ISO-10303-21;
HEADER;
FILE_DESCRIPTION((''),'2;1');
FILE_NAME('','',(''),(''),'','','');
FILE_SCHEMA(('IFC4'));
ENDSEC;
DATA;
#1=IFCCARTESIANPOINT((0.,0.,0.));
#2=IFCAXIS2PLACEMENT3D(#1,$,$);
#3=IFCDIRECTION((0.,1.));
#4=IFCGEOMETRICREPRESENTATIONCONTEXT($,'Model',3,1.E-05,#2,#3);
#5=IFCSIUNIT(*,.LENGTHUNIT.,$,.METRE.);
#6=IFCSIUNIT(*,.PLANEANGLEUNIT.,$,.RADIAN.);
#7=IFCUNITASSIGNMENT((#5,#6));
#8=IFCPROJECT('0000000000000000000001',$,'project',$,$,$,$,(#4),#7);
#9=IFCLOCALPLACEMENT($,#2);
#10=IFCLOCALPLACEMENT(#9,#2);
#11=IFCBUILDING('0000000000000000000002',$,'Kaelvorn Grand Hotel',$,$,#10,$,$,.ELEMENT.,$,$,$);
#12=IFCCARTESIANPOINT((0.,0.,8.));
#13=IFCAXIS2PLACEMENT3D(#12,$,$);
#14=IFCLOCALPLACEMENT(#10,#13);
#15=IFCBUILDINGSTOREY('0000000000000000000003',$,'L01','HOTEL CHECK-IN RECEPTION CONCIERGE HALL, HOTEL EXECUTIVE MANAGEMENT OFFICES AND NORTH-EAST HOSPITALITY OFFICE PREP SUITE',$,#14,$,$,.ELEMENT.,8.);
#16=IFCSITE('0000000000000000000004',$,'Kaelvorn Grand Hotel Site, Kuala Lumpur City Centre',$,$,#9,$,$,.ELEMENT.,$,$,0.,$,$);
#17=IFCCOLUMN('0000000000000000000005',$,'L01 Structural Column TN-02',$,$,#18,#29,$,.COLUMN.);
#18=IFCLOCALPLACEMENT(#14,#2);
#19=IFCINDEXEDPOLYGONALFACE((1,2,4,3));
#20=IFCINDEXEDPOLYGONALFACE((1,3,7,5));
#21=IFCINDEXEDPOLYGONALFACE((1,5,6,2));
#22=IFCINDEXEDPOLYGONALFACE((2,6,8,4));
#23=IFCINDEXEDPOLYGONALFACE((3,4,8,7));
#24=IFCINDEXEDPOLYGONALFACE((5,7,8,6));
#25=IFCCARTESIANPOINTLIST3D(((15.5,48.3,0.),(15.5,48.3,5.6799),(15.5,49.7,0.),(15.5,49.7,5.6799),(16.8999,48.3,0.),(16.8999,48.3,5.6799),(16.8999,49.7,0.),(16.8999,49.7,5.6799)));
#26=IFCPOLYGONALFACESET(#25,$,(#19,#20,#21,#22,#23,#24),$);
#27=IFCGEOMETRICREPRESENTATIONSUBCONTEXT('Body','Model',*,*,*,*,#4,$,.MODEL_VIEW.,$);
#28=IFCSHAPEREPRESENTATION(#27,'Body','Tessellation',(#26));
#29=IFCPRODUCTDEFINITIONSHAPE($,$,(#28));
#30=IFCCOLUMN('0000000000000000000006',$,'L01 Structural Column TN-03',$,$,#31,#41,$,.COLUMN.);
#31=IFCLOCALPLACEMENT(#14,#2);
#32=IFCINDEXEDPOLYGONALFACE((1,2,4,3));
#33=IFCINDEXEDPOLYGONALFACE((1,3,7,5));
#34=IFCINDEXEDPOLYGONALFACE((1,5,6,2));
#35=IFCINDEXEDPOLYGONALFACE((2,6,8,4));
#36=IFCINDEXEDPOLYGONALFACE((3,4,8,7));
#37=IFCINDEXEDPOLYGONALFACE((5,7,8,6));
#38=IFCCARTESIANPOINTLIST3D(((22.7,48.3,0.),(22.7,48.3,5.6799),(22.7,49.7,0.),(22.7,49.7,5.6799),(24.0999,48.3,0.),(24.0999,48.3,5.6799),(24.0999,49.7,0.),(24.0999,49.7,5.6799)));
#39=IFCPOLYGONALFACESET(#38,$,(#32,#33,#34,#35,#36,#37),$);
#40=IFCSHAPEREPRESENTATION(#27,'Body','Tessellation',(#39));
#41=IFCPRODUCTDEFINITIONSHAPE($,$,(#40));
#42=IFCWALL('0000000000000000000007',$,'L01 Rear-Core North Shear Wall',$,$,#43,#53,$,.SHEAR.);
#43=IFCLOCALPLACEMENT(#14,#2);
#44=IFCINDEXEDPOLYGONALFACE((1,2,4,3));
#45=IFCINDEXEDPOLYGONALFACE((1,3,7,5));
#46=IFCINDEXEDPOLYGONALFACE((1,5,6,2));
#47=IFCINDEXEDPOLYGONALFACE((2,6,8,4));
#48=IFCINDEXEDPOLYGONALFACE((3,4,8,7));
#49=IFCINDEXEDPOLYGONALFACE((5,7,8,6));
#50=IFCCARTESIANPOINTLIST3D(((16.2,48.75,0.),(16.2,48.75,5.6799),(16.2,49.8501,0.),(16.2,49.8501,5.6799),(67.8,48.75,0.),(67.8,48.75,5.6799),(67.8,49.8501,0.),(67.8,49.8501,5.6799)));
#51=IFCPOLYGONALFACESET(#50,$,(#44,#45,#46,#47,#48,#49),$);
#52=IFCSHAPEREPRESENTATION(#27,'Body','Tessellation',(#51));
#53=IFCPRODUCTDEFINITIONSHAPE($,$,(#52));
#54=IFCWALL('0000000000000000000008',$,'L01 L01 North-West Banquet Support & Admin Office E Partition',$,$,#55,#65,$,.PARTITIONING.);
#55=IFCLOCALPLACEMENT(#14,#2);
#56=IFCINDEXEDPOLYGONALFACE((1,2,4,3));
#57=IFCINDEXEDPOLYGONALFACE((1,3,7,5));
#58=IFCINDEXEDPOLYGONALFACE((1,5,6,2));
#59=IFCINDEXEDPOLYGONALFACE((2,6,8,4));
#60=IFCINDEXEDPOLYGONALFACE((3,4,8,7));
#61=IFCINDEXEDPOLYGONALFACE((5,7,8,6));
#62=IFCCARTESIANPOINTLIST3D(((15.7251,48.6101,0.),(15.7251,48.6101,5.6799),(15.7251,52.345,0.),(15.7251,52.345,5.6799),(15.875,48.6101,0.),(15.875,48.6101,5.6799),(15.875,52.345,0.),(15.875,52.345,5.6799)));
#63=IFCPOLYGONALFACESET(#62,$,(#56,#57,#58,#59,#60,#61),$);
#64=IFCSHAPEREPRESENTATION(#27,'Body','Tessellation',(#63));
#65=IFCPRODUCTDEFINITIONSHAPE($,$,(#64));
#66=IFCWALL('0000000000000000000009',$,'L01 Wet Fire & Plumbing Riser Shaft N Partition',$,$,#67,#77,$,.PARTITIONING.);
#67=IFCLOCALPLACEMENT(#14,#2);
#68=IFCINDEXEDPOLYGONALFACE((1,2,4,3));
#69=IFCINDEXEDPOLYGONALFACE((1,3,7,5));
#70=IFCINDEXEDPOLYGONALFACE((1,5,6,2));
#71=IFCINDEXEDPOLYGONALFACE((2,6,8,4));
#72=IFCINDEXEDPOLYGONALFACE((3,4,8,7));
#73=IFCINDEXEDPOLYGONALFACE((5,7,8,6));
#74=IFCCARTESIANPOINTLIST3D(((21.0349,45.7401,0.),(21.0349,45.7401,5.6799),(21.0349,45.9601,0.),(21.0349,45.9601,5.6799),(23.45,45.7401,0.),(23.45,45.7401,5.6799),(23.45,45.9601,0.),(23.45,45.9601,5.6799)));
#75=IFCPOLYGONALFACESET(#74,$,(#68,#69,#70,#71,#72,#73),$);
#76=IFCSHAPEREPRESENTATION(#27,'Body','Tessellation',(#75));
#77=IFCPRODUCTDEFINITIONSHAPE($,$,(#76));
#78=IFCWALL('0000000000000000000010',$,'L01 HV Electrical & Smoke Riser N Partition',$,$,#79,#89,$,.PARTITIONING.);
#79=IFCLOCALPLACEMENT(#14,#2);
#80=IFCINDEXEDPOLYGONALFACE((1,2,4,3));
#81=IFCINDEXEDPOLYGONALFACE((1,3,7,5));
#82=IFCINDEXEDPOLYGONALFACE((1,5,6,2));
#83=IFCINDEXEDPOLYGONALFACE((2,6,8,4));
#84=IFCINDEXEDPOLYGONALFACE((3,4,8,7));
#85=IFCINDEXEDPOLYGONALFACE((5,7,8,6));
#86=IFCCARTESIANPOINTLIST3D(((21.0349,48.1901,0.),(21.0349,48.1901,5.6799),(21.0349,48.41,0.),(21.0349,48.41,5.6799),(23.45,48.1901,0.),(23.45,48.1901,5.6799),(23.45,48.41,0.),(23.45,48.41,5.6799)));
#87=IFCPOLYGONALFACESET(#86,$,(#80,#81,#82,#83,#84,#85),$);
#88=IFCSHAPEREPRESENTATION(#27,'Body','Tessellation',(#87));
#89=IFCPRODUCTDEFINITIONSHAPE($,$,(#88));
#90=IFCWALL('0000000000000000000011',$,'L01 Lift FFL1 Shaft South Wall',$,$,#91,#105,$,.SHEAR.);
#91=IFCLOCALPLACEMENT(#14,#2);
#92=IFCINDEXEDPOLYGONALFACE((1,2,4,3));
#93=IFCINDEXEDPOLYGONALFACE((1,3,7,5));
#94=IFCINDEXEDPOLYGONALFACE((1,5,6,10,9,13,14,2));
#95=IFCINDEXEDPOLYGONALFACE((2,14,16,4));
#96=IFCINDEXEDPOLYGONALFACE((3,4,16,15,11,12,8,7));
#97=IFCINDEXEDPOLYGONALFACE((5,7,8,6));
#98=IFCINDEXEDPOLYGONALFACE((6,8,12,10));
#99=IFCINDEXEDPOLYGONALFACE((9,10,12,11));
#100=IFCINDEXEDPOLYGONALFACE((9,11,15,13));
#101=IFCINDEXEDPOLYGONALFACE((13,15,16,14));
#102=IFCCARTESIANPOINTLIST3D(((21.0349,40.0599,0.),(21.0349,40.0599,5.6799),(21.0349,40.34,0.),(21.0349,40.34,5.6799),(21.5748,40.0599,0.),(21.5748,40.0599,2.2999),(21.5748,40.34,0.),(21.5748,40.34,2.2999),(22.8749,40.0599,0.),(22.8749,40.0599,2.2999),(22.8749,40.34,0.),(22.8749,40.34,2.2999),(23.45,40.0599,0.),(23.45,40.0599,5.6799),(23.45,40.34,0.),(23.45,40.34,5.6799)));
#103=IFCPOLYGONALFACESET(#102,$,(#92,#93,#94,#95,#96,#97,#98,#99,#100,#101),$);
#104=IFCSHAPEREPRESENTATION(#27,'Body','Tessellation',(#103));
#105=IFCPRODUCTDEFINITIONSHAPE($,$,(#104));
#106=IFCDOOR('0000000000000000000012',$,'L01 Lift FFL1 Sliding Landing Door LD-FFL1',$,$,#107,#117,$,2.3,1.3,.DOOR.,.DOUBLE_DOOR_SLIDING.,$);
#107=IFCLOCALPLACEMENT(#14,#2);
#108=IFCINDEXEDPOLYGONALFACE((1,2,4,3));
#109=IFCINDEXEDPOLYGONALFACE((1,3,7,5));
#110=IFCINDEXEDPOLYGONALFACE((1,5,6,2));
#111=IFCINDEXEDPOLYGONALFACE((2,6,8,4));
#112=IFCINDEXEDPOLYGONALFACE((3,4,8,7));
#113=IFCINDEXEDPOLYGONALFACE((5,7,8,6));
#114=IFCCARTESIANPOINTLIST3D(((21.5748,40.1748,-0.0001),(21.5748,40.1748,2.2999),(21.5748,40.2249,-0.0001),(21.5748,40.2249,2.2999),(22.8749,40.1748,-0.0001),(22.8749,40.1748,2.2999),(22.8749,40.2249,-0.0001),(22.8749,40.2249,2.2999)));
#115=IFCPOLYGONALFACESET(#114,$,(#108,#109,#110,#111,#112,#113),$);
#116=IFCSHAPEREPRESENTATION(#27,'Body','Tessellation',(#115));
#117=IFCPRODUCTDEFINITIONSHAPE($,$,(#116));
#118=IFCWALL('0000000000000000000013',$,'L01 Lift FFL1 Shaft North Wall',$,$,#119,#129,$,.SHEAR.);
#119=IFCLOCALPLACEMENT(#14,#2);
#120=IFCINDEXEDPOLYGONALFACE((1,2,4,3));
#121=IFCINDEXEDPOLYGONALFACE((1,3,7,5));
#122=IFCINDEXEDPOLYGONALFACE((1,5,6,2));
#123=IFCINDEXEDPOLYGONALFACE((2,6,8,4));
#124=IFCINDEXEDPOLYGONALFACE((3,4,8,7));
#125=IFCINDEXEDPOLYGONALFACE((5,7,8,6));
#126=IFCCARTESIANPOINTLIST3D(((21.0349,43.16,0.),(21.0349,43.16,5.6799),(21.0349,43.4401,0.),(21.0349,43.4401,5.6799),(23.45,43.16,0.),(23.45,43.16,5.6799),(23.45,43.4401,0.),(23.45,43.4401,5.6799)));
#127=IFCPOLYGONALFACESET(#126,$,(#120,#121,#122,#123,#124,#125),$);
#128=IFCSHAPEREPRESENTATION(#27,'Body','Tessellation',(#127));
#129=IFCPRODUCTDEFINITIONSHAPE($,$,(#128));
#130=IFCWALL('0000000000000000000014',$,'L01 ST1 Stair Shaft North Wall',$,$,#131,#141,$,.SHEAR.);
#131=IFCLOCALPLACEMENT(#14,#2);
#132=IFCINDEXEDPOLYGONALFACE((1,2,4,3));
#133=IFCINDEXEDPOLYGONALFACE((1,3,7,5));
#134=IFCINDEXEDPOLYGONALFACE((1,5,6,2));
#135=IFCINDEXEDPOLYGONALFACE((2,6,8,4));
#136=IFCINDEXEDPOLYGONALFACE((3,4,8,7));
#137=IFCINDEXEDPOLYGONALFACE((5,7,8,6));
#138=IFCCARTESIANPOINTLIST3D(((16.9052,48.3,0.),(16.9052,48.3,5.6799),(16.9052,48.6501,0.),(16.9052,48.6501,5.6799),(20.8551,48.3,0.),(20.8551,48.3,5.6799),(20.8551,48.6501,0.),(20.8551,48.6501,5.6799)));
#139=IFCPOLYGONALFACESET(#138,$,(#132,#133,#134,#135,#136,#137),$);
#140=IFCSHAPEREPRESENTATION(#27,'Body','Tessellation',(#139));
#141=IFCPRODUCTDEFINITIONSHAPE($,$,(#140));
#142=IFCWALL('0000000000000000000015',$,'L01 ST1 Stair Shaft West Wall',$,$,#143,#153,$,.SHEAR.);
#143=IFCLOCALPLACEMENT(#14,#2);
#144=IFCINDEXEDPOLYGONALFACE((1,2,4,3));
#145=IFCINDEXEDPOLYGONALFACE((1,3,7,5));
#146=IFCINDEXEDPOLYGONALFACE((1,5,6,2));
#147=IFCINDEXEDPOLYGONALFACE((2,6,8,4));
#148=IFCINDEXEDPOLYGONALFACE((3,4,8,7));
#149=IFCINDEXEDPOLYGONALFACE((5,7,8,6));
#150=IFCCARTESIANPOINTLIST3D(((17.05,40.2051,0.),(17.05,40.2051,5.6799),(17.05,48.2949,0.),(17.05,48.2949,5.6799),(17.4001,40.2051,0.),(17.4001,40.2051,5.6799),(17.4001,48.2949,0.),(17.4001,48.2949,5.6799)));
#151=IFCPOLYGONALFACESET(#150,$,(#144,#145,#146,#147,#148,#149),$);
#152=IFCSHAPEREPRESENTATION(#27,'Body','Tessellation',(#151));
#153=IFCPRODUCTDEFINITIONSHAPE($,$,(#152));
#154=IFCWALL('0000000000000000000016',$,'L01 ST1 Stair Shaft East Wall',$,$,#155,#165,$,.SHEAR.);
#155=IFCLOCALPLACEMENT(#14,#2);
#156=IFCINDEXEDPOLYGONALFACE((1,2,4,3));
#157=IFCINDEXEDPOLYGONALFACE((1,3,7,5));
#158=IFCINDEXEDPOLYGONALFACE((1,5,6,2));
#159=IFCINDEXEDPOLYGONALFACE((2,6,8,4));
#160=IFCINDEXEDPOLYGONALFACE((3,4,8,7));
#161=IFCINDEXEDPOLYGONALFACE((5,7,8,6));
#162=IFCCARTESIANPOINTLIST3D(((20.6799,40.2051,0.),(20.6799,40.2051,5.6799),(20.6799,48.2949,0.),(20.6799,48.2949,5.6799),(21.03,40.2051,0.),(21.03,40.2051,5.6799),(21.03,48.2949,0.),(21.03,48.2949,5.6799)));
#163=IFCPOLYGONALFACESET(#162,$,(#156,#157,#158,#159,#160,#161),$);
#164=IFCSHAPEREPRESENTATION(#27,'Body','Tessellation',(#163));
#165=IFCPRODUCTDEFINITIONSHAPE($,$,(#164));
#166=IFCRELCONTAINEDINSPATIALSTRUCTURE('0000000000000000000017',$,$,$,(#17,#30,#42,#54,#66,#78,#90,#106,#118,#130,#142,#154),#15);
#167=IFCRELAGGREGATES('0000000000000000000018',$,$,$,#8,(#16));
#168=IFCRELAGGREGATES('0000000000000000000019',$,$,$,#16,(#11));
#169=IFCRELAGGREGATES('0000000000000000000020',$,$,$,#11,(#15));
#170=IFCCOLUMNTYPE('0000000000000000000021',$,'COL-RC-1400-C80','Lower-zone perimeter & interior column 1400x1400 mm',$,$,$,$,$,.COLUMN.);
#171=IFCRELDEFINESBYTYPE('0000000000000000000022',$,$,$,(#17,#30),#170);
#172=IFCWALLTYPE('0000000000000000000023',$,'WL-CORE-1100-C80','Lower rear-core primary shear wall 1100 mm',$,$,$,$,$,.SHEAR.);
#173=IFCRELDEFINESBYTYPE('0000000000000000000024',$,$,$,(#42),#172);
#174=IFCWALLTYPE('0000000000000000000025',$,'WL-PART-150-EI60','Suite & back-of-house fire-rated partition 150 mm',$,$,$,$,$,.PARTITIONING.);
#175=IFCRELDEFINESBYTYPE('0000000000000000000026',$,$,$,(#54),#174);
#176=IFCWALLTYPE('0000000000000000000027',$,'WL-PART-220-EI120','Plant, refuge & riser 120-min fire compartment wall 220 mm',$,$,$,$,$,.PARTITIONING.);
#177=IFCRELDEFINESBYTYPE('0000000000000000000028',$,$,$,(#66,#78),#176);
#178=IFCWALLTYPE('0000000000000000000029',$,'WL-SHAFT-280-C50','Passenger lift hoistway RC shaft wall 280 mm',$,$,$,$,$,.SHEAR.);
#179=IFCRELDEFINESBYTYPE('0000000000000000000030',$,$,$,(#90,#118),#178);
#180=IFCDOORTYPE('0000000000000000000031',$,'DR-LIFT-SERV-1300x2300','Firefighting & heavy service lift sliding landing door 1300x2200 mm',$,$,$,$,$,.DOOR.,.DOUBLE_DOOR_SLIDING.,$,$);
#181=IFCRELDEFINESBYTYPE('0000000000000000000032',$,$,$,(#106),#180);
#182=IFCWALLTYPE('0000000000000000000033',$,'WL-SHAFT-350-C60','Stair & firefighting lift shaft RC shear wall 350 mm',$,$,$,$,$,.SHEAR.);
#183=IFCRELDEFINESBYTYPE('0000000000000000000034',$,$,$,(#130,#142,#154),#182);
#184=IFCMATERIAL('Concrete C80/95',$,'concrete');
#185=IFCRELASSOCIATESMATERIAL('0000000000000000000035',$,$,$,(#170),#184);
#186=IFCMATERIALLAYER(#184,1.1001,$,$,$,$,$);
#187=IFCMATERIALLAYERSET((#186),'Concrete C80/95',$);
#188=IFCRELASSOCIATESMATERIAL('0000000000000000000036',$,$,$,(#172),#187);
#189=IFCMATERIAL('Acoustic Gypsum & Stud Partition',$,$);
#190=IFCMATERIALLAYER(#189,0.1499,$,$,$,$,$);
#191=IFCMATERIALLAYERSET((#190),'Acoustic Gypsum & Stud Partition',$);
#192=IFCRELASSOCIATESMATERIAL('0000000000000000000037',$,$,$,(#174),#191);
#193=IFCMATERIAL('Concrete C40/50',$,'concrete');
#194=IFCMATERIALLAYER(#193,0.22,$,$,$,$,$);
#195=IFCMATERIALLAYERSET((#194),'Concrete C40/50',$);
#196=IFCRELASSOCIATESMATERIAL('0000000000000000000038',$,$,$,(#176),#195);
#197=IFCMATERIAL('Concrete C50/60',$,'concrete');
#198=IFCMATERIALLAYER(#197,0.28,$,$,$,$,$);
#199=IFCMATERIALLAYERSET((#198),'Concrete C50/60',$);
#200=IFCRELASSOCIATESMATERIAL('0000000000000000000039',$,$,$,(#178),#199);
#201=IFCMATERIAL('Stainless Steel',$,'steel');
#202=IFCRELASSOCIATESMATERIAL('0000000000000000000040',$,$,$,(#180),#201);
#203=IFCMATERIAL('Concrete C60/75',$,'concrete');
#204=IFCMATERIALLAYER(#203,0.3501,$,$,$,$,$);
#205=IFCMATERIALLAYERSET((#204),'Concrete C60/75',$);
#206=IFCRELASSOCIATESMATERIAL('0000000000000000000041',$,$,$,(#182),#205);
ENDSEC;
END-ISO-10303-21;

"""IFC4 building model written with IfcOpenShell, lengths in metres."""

from ifc_helpers import new_model, si_unit, direction, frame, frame_2d, origin, origin_2d, place, context, subcontext, project, spatial, rectangle, extrude, material, layer, layer_set, material_profile, profile_set, type_object, element, fill, save


model = new_model("IFC4")

# Units and contexts
model_context = context("Model", 3, precision=1e-05, world=origin(), true_north=direction((0.0, 1.0)))
body_context = subcontext(model_context, "Body", "Model", "MODEL_VIEW")
ifc_project = project(units=[si_unit("LENGTHUNIT", "METRE"), si_unit("PLANEANGLEUNIT", "RADIAN")], contexts=[model_context])

# Site, building, storey
site_placement = place(None, origin())
site = spatial("IfcSite", under=ifc_project, at=site_placement, Name="Kaelvorn Grand Hotel Site, Kuala Lumpur City Centre", CompositionType="ELEMENT", RefElevation=0.0)
building_placement = place(site_placement, origin())
building = spatial("IfcBuilding", under=site, at=building_placement, Name="Kaelvorn Grand Hotel", CompositionType="ELEMENT")
storey_placement = place(building_placement, frame((0.0, 0.0, 8.0)))
storey = spatial("IfcBuildingStorey", under=building, at=storey_placement, Name="L01", Description="HOTEL CHECK-IN RECEPTION CONCIERGE HALL, HOTEL EXECUTIVE MANAGEMENT OFFICES AND NORTH-EAST HOSPITALITY OFFICE PREP SUITE", CompositionType="ELEMENT", Elevation=8.0)

# Columns
ifc_material_1 = material(Name="Concrete C80/95", Category="concrete")
ifc_material_profile = material_profile(ifc_material_1, rectangle(XDim=1.3999, YDim=1.3999, at=origin_2d()), Name="RC COL 1400x1400")
ifc_profile_set = profile_set([ifc_material_profile], Name="Concrete C80/95")
column_type = type_object("IfcColumnType", Name="COL-RC-1400-C80", Description="Lower-zone perimeter & interior column 1400x1400 mm", PredefinedType="COLUMN", material=ifc_profile_set)
for number, where, z_axis, x_axis, name in (
    (1, (16.2, 49.0, 0.0), (0.0, 0.0, 1.0), (1.0, 0.0, 0.0), "L01 Structural Column TN-02"),
    (2, (23.3999, 49.0, 0.0), (0.0, 0.0, 1.0), (1.0, 0.0, 0.0), "L01 Structural Column TN-03"),
):
    element("IfcColumn", number, at=place(storey_placement, frame(where, z_axis=z_axis, x_axis=x_axis)), inside=storey, type_object=column_type, Name=name, PredefinedType="COLUMN", context=body_context, shape_type="SweptSolid", body=[
        extrude(rectangle(XDim=1.3999, YDim=1.3999, at=origin_2d()), origin(), (0.0, 0.0, 1.0), 5.6799),
    ])

# Walls
ifc_layer_1 = layer(ifc_material_1, 1.1001)
ifc_layer_set_1 = layer_set([ifc_layer_1], Name="Concrete C80/95")
wall_type_1 = type_object("IfcWallType", Name="WL-CORE-1100-C80", Description="Lower rear-core primary shear wall 1100 mm", PredefinedType="SHEAR", material=ifc_layer_set_1)
wall_1_placement = place(storey_placement, frame((16.2, 49.3, 0.0), z_axis=(0.0, 0.0, 1.0), x_axis=(1.0, 0.0, 0.0)))
element("IfcWall", 3, at=wall_1_placement, inside=storey, type_object=wall_type_1, Name="L01 Rear-Core North Shear Wall", PredefinedType="SHEAR", context=body_context, shape_type="SweptSolid", body=[
    extrude(rectangle(XDim=51.6001, YDim=1.1001, at=frame_2d((25.8, 0.0))), origin(), (0.0, 0.0, 1.0), 5.6799),
])
ifc_material_2 = material(Name="Acoustic Gypsum & Stud Partition")
ifc_layer_2 = layer(ifc_material_2, 0.1499)
ifc_layer_set_2 = layer_set([ifc_layer_2], Name="Acoustic Gypsum & Stud Partition")
wall_type_2 = type_object("IfcWallType", Name="WL-PART-150-EI60", Description="Suite & back-of-house fire-rated partition 150 mm", PredefinedType="PARTITIONING", material=ifc_layer_set_2)
wall_2_placement = place(storey_placement, frame((15.8, 48.6101, 0.0), z_axis=(0.0, 0.0, 1.0), x_axis=(0.0, 1.0, 0.0)))
element("IfcWall", 4, at=wall_2_placement, inside=storey, type_object=wall_type_2, Name="L01 L01 North-West Banquet Support & Admin Office E Partition", PredefinedType="PARTITIONING", context=body_context, shape_type="SweptSolid", body=[
    extrude(rectangle(XDim=3.7349, YDim=0.1499, at=frame_2d((1.8674, 0.0))), origin(), (0.0, 0.0, 1.0), 5.6799),
])
ifc_material_3 = material(Name="Concrete C40/50", Category="concrete")
ifc_layer_3 = layer(ifc_material_3, 0.22)
ifc_layer_set_3 = layer_set([ifc_layer_3], Name="Concrete C40/50")
wall_type_3 = type_object("IfcWallType", Name="WL-PART-220-EI120", Description="Plant, refuge & riser 120-min fire compartment wall 220 mm", PredefinedType="PARTITIONING", material=ifc_layer_set_3)
for number, where, z_axis, x_axis, name in (
    (5, (21.0349, 45.8501, 0.0), (0.0, 0.0, 1.0), (1.0, 0.0, 0.0), "L01 Wet Fire & Plumbing Riser Shaft N Partition"),
    (6, (21.0349, 48.3, 0.0), (0.0, 0.0, 1.0), (1.0, 0.0, 0.0), "L01 HV Electrical & Smoke Riser N Partition"),
):
    element("IfcWall", number, at=place(storey_placement, frame(where, z_axis=z_axis, x_axis=x_axis)), inside=storey, type_object=wall_type_3, Name=name, PredefinedType="PARTITIONING", context=body_context, shape_type="SweptSolid", body=[
        extrude(rectangle(XDim=2.415, YDim=0.22, at=frame_2d((1.2075, 0.0))), origin(), (0.0, 0.0, 1.0), 5.6799),
    ])

# Wall, opening, door
ifc_material_4 = material(Name="Concrete C50/60", Category="concrete")
ifc_layer_4 = layer(ifc_material_4, 0.28)
ifc_layer_set_4 = layer_set([ifc_layer_4], Name="Concrete C50/60")
wall_type_4 = type_object("IfcWallType", Name="WL-SHAFT-280-C50", Description="Passenger lift hoistway RC shaft wall 280 mm", PredefinedType="SHEAR", material=ifc_layer_set_4)
wall_3_placement = place(storey_placement, frame((21.0349, 40.2, 0.0), z_axis=(0.0, 0.0, 1.0), x_axis=(1.0, 0.0, 0.0)))
wall_3 = element("IfcWall", 7, at=wall_3_placement, inside=storey, type_object=wall_type_4, Name="L01 Lift FFL1 Shaft South Wall", PredefinedType="SHEAR", context=body_context, shape_type="SweptSolid", body=[
    extrude(rectangle(XDim=2.415, YDim=0.28, at=frame_2d((1.2075, 0.0))), origin(), (0.0, 0.0, 1.0), 5.6799),
])
opening_1_placement = place(wall_3_placement, frame((0.54, 0.0, 0.0)))
opening_1 = element("IfcOpeningElement", 8, at=opening_1_placement, cuts=wall_3, PredefinedType="OPENING", context=body_context, shape_type="SweptSolid", body=[
    extrude(rectangle(XDim=1.3, YDim=2.3, at=frame_2d((0.6499, 1.1499))), frame((0.0, 0.1499, 0.0), z_axis=(0.0, -1.0, 0.0), x_axis=(1.0, 0.0, 0.0)), (0.0, 0.0, 1.0), 0.3),
])
ifc_material_5 = material(Name="Stainless Steel", Category="steel")
door_type_1 = type_object("IfcDoorType", Name="DR-LIFT-SERV-1300x2300", Description="Firefighting & heavy service lift sliding landing door 1300x2200 mm", OperationType="DOUBLE_DOOR_SLIDING", PredefinedType="DOOR", material=ifc_material_5)
door_1_placement = place(opening_1_placement, origin())
door_1 = element("IfcDoor", 9, at=door_1_placement, inside=storey, type_object=door_type_1, Name="L01 Lift FFL1 Sliding Landing Door LD-FFL1", OperationType="DOUBLE_DOOR_SLIDING", OverallHeight=2.3, OverallWidth=1.3, PredefinedType="DOOR", context=body_context, shape_type="SweptSolid", body=[
    extrude(rectangle(XDim=1.3, YDim=2.3, at=frame_2d((0.6499, 1.1499))), frame((0.0, 0.0249, 0.0), z_axis=(0.0, -1.0, 0.0), x_axis=(1.0, 0.0, 0.0)), (0.0, 0.0, 1.0), 0.05),
])
fill(opening_1, door_1)

# Wall
wall_4_placement = place(storey_placement, frame((21.0349, 43.3, 0.0), z_axis=(0.0, 0.0, 1.0), x_axis=(1.0, 0.0, 0.0)))
element("IfcWall", 10, at=wall_4_placement, inside=storey, type_object=wall_type_4, Name="L01 Lift FFL1 Shaft North Wall", PredefinedType="SHEAR", context=body_context, shape_type="SweptSolid", body=[
    extrude(rectangle(XDim=2.415, YDim=0.28, at=frame_2d((1.2075, 0.0))), origin(), (0.0, 0.0, 1.0), 5.6799),
])

# Shared definitions
ifc_material_6 = material(Name="Concrete C60/75", Category="concrete")
ifc_layer_5 = layer(ifc_material_6, 0.3501)
ifc_layer_set_5 = layer_set([ifc_layer_5], Name="Concrete C60/75")
wall_type_5 = type_object("IfcWallType", Name="WL-SHAFT-350-C60", Description="Stair & firefighting lift shaft RC shear wall 350 mm", PredefinedType="SHEAR", material=ifc_layer_set_5)

# Walls
wall_5_placement = place(storey_placement, frame((16.905, 48.4751, 0.0), z_axis=(0.0, 0.0, 1.0), x_axis=(1.0, 0.0, 0.0)))
element("IfcWall", 11, at=wall_5_placement, inside=storey, type_object=wall_type_5, Name="L01 ST1 Stair Shaft North Wall", PredefinedType="SHEAR", context=body_context, shape_type="SweptSolid", body=[
    extrude(rectangle(XDim=3.95, YDim=0.3501, at=frame_2d((1.9751, 0.0))), origin(), (0.0, 0.0, 1.0), 5.6799),
])
for number, where, z_axis, x_axis, name in (
    (12, (17.2251, 40.2051, 0.0), (0.0, 0.0, 1.0), (0.0, 1.0, 0.0), "L01 ST1 Stair Shaft West Wall"),
    (13, (20.855, 40.2051, 0.0), (0.0, 0.0, 1.0), (0.0, 1.0, 0.0), "L01 ST1 Stair Shaft East Wall"),
):
    element("IfcWall", number, at=place(storey_placement, frame(where, z_axis=z_axis, x_axis=x_axis)), inside=storey, type_object=wall_type_5, Name=name, PredefinedType="SHEAR", context=body_context, shape_type="SweptSolid", body=[
        extrude(rectangle(XDim=8.0898, YDim=0.3501, at=frame_2d((4.0449, 0.0))), origin(), (0.0, 0.0, 1.0), 5.6799),
    ])

save(model, "model.ifc")
